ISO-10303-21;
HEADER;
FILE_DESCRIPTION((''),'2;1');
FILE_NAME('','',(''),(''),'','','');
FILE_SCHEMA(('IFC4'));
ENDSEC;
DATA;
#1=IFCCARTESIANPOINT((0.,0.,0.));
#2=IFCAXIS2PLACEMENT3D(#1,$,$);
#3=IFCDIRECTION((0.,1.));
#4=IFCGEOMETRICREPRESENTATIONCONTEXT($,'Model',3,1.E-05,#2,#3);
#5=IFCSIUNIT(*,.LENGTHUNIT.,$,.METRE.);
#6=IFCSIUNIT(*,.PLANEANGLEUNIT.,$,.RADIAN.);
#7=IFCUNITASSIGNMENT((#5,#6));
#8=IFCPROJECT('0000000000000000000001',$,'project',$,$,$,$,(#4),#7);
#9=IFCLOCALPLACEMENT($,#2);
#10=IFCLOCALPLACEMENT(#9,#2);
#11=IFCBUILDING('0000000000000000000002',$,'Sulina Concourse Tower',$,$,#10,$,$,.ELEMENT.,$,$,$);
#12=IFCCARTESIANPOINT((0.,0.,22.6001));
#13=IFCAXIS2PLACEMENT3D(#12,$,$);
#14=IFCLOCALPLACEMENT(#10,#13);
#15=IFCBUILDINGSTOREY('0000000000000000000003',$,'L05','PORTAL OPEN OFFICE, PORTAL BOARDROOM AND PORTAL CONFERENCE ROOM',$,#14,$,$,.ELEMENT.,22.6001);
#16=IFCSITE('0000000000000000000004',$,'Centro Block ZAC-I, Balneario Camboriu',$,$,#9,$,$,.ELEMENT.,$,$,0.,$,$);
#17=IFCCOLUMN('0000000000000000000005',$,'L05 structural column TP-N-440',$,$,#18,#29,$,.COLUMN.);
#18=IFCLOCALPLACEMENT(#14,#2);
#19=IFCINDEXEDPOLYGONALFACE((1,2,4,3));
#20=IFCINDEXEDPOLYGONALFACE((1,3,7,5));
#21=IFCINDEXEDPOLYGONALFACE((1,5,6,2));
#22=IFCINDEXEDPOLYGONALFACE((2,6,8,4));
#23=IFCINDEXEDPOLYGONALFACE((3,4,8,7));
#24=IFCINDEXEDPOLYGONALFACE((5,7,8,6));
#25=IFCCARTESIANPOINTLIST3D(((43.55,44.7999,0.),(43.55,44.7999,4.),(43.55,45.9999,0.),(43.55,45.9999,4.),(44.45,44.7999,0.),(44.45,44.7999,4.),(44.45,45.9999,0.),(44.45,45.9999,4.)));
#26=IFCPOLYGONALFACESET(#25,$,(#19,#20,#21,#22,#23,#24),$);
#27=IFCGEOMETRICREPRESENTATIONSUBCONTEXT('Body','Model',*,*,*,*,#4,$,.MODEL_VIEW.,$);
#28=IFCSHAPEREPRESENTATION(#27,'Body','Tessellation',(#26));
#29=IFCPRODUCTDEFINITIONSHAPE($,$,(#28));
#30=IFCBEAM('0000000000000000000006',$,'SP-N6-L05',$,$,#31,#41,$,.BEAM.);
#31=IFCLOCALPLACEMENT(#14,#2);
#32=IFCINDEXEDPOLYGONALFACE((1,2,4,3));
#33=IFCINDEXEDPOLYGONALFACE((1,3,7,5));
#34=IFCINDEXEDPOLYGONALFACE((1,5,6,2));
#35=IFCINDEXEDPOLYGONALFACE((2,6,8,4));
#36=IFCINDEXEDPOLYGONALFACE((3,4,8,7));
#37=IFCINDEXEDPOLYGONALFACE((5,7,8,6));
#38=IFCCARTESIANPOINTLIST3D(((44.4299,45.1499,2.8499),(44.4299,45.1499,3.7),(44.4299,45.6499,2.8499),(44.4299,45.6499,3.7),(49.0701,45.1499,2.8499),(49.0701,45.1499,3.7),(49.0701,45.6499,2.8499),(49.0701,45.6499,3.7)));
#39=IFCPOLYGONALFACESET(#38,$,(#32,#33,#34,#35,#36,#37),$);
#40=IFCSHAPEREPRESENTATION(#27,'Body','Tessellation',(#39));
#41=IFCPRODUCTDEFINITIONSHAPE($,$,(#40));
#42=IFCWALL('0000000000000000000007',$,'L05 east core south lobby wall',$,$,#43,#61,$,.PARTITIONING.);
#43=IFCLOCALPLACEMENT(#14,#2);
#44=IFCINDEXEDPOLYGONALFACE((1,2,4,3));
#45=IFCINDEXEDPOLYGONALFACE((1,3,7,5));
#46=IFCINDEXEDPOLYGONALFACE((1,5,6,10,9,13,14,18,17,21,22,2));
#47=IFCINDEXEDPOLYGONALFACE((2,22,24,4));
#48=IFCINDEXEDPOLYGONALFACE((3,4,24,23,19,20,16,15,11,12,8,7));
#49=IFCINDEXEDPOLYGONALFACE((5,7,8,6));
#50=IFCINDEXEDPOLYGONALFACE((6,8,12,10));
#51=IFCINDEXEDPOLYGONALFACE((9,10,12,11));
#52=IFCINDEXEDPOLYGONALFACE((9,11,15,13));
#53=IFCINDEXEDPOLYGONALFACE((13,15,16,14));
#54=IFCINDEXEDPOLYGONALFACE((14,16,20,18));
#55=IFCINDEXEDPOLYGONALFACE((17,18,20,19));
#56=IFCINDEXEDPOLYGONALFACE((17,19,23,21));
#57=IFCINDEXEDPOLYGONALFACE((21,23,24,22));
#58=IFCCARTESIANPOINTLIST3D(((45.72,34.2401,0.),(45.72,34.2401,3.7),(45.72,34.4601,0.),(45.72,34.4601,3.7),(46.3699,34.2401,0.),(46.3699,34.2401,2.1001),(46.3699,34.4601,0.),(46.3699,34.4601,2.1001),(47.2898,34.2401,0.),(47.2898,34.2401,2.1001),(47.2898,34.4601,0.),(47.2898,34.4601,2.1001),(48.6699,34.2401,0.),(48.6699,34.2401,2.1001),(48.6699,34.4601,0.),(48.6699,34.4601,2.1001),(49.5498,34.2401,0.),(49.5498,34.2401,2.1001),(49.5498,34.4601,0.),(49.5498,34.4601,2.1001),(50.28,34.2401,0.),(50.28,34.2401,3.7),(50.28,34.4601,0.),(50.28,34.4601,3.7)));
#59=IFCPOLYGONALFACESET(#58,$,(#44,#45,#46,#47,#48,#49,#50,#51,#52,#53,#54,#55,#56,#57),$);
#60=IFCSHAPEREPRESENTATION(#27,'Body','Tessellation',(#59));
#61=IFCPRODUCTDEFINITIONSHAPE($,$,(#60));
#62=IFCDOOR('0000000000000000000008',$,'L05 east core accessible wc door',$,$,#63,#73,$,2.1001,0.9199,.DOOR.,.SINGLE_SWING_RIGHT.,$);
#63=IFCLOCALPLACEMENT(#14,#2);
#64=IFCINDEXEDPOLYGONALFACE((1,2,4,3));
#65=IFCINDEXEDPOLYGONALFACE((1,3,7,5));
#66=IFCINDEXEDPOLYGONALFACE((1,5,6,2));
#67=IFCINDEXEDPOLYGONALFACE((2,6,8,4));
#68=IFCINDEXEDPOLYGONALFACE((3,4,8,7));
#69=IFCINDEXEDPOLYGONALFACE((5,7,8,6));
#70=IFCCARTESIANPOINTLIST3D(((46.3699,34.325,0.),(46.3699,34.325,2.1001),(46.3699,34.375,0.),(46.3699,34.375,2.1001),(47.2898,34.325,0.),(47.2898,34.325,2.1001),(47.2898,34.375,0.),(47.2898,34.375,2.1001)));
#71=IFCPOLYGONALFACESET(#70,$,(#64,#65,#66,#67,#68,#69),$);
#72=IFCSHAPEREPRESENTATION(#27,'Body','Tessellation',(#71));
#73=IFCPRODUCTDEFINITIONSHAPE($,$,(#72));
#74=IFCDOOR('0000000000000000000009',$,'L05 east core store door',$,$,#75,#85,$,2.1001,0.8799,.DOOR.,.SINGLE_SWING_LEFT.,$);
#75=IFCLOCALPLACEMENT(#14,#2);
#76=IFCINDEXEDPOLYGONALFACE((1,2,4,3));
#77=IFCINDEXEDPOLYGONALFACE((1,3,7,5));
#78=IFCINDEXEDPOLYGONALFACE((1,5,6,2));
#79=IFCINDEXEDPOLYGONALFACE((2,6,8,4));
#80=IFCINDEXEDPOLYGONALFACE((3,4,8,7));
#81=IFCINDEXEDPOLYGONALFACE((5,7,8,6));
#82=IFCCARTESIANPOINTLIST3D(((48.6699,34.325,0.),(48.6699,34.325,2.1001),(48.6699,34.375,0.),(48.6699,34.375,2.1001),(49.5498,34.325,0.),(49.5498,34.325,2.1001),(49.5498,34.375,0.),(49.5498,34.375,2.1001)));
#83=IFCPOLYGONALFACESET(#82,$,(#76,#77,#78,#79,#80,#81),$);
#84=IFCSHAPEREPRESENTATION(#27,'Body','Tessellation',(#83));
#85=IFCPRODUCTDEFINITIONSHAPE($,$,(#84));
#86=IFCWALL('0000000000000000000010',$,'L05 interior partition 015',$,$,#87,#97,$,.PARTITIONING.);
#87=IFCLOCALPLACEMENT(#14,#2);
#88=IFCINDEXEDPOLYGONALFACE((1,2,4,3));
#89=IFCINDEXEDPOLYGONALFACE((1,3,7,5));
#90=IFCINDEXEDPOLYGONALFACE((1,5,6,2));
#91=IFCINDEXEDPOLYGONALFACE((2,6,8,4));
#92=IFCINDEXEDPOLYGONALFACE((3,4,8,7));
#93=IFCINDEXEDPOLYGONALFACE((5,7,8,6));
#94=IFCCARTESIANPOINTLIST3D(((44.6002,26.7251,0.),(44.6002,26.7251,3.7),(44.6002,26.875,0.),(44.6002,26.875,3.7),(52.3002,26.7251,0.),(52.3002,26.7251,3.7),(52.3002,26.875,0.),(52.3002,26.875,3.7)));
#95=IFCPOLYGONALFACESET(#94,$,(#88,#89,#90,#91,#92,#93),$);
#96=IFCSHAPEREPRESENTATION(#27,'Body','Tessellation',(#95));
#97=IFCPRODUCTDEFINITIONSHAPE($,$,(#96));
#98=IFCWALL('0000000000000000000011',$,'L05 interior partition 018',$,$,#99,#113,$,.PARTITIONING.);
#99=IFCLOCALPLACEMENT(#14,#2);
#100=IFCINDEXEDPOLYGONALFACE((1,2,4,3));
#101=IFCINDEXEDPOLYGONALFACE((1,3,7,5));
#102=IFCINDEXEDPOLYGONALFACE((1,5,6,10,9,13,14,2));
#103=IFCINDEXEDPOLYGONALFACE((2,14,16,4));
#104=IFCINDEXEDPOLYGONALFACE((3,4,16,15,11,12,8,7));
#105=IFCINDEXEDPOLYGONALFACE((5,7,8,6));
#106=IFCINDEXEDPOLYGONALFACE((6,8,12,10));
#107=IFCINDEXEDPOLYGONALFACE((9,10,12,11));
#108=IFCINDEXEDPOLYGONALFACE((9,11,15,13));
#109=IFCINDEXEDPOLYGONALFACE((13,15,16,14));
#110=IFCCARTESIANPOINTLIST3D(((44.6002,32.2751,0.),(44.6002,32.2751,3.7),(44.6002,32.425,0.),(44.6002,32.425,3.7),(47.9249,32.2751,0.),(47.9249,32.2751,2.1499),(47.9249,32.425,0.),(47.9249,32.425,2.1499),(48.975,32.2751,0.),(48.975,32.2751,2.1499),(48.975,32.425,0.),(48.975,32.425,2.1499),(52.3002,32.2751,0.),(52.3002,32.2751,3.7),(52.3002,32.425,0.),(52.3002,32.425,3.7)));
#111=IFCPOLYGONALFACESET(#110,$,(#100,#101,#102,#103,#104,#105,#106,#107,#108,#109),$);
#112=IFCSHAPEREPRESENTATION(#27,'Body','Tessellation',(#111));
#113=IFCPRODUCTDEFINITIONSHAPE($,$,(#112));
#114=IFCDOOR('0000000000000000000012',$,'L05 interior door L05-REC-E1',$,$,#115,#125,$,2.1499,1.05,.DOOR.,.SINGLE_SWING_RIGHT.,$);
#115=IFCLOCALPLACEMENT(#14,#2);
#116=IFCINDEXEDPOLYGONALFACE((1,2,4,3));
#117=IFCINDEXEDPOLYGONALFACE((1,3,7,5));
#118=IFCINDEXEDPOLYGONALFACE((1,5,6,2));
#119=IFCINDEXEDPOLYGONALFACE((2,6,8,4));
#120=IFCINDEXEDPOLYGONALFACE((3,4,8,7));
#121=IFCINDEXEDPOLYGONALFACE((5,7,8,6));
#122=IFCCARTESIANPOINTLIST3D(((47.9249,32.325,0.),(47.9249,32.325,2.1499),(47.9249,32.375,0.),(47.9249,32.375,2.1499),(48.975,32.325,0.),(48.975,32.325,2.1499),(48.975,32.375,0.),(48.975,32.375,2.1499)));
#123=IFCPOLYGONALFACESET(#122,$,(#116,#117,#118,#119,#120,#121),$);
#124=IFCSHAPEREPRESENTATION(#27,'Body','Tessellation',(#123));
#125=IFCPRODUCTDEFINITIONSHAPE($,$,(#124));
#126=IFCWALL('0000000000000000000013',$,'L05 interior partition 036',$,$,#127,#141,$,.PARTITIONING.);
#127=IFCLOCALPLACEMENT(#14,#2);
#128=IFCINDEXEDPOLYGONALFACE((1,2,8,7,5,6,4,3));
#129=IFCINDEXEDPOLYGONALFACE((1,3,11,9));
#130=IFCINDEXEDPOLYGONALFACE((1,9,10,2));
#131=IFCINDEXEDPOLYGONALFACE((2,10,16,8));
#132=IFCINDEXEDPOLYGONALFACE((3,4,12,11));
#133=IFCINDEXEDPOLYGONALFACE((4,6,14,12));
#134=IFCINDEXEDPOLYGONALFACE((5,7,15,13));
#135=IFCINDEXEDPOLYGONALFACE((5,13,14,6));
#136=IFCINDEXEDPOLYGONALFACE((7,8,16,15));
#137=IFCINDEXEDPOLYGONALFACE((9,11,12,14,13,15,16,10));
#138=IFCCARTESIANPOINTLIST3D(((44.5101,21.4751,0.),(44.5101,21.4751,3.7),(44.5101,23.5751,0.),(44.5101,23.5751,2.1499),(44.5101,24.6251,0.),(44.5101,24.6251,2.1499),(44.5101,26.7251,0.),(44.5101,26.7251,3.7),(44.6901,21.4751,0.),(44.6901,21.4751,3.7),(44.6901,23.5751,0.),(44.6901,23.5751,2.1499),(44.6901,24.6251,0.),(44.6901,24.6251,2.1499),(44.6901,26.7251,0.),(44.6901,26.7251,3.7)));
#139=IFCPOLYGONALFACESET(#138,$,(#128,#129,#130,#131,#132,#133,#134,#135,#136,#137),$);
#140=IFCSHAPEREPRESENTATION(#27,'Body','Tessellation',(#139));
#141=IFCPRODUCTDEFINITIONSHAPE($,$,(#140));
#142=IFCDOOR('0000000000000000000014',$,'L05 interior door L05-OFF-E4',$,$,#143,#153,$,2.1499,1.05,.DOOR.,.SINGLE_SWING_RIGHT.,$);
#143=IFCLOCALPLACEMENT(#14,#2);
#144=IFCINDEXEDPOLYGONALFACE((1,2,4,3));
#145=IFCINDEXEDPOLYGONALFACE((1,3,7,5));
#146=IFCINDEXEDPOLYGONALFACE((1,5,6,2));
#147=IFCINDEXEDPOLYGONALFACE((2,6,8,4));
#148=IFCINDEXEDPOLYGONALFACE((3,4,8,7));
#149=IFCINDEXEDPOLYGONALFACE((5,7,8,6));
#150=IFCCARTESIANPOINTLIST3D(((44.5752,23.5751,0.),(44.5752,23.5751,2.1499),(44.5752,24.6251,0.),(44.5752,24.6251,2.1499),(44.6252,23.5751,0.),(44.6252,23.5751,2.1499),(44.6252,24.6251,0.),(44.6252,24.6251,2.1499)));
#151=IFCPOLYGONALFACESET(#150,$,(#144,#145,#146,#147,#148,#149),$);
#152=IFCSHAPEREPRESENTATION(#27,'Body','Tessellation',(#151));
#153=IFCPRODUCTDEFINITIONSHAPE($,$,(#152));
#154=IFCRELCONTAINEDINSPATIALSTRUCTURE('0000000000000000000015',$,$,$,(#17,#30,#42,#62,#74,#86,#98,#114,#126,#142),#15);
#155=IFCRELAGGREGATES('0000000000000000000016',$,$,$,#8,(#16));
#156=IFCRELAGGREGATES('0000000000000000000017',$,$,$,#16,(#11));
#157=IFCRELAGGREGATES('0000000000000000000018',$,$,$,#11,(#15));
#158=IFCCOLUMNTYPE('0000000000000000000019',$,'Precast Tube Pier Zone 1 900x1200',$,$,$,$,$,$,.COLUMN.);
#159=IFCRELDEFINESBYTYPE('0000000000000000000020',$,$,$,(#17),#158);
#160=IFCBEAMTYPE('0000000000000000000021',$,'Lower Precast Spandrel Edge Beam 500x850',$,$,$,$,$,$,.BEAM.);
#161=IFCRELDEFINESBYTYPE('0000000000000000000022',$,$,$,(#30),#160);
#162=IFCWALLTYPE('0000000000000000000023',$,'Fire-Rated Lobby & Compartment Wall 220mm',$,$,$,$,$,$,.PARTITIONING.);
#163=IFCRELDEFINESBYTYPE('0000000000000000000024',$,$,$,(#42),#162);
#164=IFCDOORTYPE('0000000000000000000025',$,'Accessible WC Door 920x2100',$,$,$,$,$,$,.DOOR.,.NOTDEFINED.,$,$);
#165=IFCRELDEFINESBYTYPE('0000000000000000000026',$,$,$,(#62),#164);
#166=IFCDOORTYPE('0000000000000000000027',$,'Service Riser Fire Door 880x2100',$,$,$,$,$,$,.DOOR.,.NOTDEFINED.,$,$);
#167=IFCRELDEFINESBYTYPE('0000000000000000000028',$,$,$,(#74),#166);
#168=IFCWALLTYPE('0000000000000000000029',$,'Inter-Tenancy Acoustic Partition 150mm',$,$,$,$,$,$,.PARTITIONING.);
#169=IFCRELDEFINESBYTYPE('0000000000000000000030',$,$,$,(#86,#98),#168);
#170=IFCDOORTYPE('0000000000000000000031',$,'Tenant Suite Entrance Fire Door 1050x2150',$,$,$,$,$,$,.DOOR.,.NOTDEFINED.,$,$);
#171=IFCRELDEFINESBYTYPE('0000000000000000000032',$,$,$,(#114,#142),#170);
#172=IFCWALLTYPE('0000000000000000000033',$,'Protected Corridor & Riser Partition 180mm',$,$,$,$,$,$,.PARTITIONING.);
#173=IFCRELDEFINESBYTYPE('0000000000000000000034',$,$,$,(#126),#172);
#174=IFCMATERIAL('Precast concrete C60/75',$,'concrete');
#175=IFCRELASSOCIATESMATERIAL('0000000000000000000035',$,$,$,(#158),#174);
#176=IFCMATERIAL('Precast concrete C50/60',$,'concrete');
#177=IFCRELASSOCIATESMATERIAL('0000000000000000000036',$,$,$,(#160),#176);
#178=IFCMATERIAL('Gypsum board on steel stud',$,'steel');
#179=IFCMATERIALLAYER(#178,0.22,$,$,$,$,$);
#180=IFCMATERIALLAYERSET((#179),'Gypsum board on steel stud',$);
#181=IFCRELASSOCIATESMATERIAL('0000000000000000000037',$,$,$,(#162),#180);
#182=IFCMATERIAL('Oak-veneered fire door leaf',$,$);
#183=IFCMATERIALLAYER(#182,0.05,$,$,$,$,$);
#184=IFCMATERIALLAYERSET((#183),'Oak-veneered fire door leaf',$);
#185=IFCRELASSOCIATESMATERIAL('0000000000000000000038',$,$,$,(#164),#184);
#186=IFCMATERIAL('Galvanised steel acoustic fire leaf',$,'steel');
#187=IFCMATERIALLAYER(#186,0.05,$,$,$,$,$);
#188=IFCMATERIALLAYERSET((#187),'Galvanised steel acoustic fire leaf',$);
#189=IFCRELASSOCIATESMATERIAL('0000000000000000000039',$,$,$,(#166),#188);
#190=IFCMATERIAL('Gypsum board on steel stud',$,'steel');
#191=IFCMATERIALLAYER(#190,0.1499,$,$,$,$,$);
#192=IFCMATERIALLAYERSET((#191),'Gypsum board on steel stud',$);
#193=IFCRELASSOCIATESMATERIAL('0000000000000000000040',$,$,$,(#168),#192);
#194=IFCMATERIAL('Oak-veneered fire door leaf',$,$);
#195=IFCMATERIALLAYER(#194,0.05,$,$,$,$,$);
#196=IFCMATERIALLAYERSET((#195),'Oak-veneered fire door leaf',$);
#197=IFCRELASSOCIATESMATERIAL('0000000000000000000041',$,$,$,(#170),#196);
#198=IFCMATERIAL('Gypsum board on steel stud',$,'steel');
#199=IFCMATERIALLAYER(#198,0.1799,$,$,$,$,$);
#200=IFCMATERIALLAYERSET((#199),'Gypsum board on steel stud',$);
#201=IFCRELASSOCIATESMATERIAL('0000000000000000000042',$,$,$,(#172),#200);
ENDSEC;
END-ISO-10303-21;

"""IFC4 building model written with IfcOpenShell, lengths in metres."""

from ifc_helpers import new_model, si_unit, direction, frame, frame_2d, origin, origin_2d, place, context, subcontext, project, spatial, rectangle, extrude, material, layer, layer_set, material_profile, profile_set, type_object, element, fill, save


model = new_model("IFC4")

# Units and contexts
model_context = context("Model", 3, precision=1e-05, world=origin(), true_north=direction((0.0, 1.0)))
body_context = subcontext(model_context, "Body", "Model", "MODEL_VIEW")
ifc_project = project(units=[si_unit("LENGTHUNIT", "METRE"), si_unit("PLANEANGLEUNIT", "RADIAN")], contexts=[model_context])

# Site, building, storey
site_placement = place(None, origin())
site = spatial("IfcSite", under=ifc_project, at=site_placement, Name="Centro Block ZAC-I, Balneario Camboriu", CompositionType="ELEMENT", RefElevation=0.0)
building_placement = place(site_placement, origin())
building = spatial("IfcBuilding", under=site, at=building_placement, Name="Sulina Concourse Tower", CompositionType="ELEMENT")
storey_placement = place(building_placement, frame((0.0, 0.0, 22.6001)))
storey = spatial("IfcBuildingStorey", under=building, at=storey_placement, Name="L05", Description="PORTAL OPEN OFFICE, PORTAL BOARDROOM AND PORTAL CONFERENCE ROOM", CompositionType="ELEMENT", Elevation=22.6001)

# Column
ifc_material_1 = material(Name="Precast concrete C60/75", Category="concrete")
ifc_material_profile_1 = material_profile(ifc_material_1, rectangle(XDim=0.8999, YDim=1.2, at=origin_2d()), Name="PC 900x1200")
ifc_profile_set_1 = profile_set([ifc_material_profile_1], Name="Precast concrete C60/75")
column_type = type_object("IfcColumnType", Name="Precast Tube Pier Zone 1 900x1200", PredefinedType="COLUMN", material=ifc_profile_set_1)
column_placement = place(storey_placement, frame((44.0, 45.3999, 0.0), z_axis=(0.0, 0.0, 1.0), x_axis=(1.0, 0.0, 0.0)))
element("IfcColumn", 1, at=column_placement, inside=storey, type_object=column_type, Name="L05 structural column TP-N-440", PredefinedType="COLUMN", context=body_context, shape_type="SweptSolid", body=[
    extrude(rectangle(XDim=0.8999, YDim=1.2, at=origin_2d()), origin(), (0.0, 0.0, 1.0), 4.0),
])

# Beam
ifc_material_2 = material(Name="Precast concrete C50/60", Category="concrete")
ifc_material_profile_2 = material_profile(ifc_material_2, rectangle(XDim=0.5, YDim=0.8501, at=origin_2d()), Name="RC 500x850")
ifc_profile_set_2 = profile_set([ifc_material_profile_2], Name="Precast concrete C50/60")
beam_type = type_object("IfcBeamType", Name="Lower Precast Spandrel Edge Beam 500x850", PredefinedType="BEAM", material=ifc_profile_set_2)
beam_placement = place(storey_placement, frame((44.4299, 45.3999, 3.2749), z_axis=(1.0, 0.0, 0.0), x_axis=(0.0, 1.0, 0.0)))
element("IfcBeam", 2, at=beam_placement, inside=storey, type_object=beam_type, Name="SP-N6-L05", PredefinedType="BEAM", context=body_context, shape_type="SweptSolid", body=[
    extrude(rectangle(XDim=0.5, YDim=0.8501, at=origin_2d()), origin(), (0.0, 0.0, 1.0), 4.6401),
])

# Wall, openings, doors
ifc_material_3 = material(Name="Gypsum board on steel stud", Category="steel")
ifc_layer_1 = layer(ifc_material_3, 0.22)
ifc_layer_set_1 = layer_set([ifc_layer_1], Name="Gypsum board on steel stud")
wall_type_1 = type_object("IfcWallType", Name="Fire-Rated Lobby & Compartment Wall 220mm", PredefinedType="PARTITIONING", material=ifc_layer_set_1)
wall_1_placement = place(storey_placement, frame((45.72, 34.3501, 0.0), z_axis=(0.0, 0.0, 1.0), x_axis=(1.0, 0.0, 0.0)))
wall_1 = element("IfcWall", 3, at=wall_1_placement, inside=storey, type_object=wall_type_1, Name="L05 east core south lobby wall", PredefinedType="PARTITIONING", context=body_context, shape_type="SweptSolid", body=[
    extrude(rectangle(XDim=4.5601, YDim=0.22, at=frame_2d((2.28, 0.0))), origin(), (0.0, 0.0, 1.0), 3.7),
])
opening_1_placement = place(wall_1_placement, frame((0.6499, 0.0, 0.0)))
opening_1 = element("IfcOpeningElement", 4, at=opening_1_placement, cuts=wall_1, PredefinedType="OPENING", context=body_context, shape_type="SweptSolid", body=[
    extrude(rectangle(XDim=0.9199, YDim=2.1001, at=frame_2d((0.46, 1.05))), frame((0.0, 0.1199, 0.0), z_axis=(0.0, -1.0, 0.0), x_axis=(1.0, 0.0, 0.0)), (0.0, 0.0, 1.0), 0.24),
])
opening_2_placement = place(wall_1_placement, frame((2.95, 0.0, 0.0)))
opening_2 = element("IfcOpeningElement", 5, at=opening_2_placement, cuts=wall_1, PredefinedType="OPENING", context=body_context, shape_type="SweptSolid", body=[
    extrude(rectangle(XDim=0.8799, YDim=2.1001, at=frame_2d((0.4399, 1.05))), frame((0.0, 0.1199, 0.0), z_axis=(0.0, -1.0, 0.0), x_axis=(1.0, 0.0, 0.0)), (0.0, 0.0, 1.0), 0.24),
])
ifc_material_4 = material(Name="Oak-veneered fire door leaf")
ifc_layer_2 = layer(ifc_material_4, 0.05)
ifc_layer_set_2 = layer_set([ifc_layer_2], Name="Oak-veneered fire door leaf")
door_type_1 = type_object("IfcDoorType", Name="Accessible WC Door 920x2100", OperationType="NOTDEFINED", PredefinedType="DOOR", material=ifc_layer_set_2)
door_1_placement = place(opening_1_placement, origin())
door_1 = element("IfcDoor", 6, at=door_1_placement, inside=storey, type_object=door_type_1, Name="L05 east core accessible wc door", OperationType="SINGLE_SWING_RIGHT", OverallHeight=2.1001, OverallWidth=0.9199, PredefinedType="DOOR", context=body_context, shape_type="SweptSolid", body=[
    extrude(rectangle(XDim=0.9199, YDim=2.1001, at=frame_2d((0.46, 1.05))), frame((0.0, 0.0249, 0.0), z_axis=(0.0, -1.0, 0.0), x_axis=(1.0, 0.0, 0.0)), (0.0, 0.0, 1.0), 0.05),
])
fill(opening_1, door_1)
ifc_material_5 = material(Name="Galvanised steel acoustic fire leaf", Category="steel")
ifc_layer_3 = layer(ifc_material_5, 0.05)
ifc_layer_set_3 = layer_set([ifc_layer_3], Name="Galvanised steel acoustic fire leaf")
door_type_2 = type_object("IfcDoorType", Name="Service Riser Fire Door 880x2100", OperationType="NOTDEFINED", PredefinedType="DOOR", material=ifc_layer_set_3)
door_2_placement = place(opening_2_placement, origin())
door_2 = element("IfcDoor", 7, at=door_2_placement, inside=storey, type_object=door_type_2, Name="L05 east core store door", OperationType="SINGLE_SWING_LEFT", OverallHeight=2.1001, OverallWidth=0.8799, PredefinedType="DOOR", context=body_context, shape_type="SweptSolid", body=[
    extrude(rectangle(XDim=0.8799, YDim=2.1001, at=frame_2d((0.4399, 1.05))), frame((0.0, 0.0249, 0.0), z_axis=(0.0, -1.0, 0.0), x_axis=(1.0, 0.0, 0.0)), (0.0, 0.0, 1.0), 0.05),
])
fill(opening_2, door_2)

# Wall
ifc_material_6 = material(Name="Gypsum board on steel stud", Category="steel")
ifc_layer_4 = layer(ifc_material_6, 0.1499)
ifc_layer_set_4 = layer_set([ifc_layer_4], Name="Gypsum board on steel stud")
wall_type_2 = type_object("IfcWallType", Name="Inter-Tenancy Acoustic Partition 150mm", PredefinedType="PARTITIONING", material=ifc_layer_set_4)
wall_2_placement = place(storey_placement, frame((44.6001, 26.8, 0.0), z_axis=(0.0, 0.0, 1.0), x_axis=(1.0, 0.0, 0.0)))
element("IfcWall", 8, at=wall_2_placement, inside=storey, type_object=wall_type_2, Name="L05 interior partition 015", PredefinedType="PARTITIONING", context=body_context, shape_type="SweptSolid", body=[
    extrude(rectangle(XDim=7.7, YDim=0.1499, at=frame_2d((3.8501, 0.0))), origin(), (0.0, 0.0, 1.0), 3.7),
])

# Walls, openings, doors
wall_3_placement = place(storey_placement, frame((44.6001, 32.3501, 0.0), z_axis=(0.0, 0.0, 1.0), x_axis=(1.0, 0.0, 0.0)))
wall_3 = element("IfcWall", 9, at=wall_3_placement, inside=storey, type_object=wall_type_2, Name="L05 interior partition 018", PredefinedType="PARTITIONING", context=body_context, shape_type="SweptSolid", body=[
    extrude(rectangle(XDim=7.7, YDim=0.1499, at=frame_2d((3.8501, 0.0))), origin(), (0.0, 0.0, 1.0), 3.7),
])
opening_3_placement = place(wall_3_placement, frame((3.325, 0.0, 0.0)))
opening_3 = element("IfcOpeningElement", 10, at=opening_3_placement, cuts=wall_3, PredefinedType="OPENING", context=body_context, shape_type="SweptSolid", body=[
    extrude(rectangle(XDim=1.05, YDim=2.1499, at=frame_2d((0.5249, 1.075))), frame((0.0, 0.085, 0.0), z_axis=(0.0, -1.0, 0.0), x_axis=(1.0, 0.0, 0.0)), (0.0, 0.0, 1.0), 0.1699),
])
ifc_material_7 = material(Name="Oak-veneered fire door leaf")
ifc_layer_5 = layer(ifc_material_7, 0.05)
ifc_layer_set_5 = layer_set([ifc_layer_5], Name="Oak-veneered fire door leaf")
door_type_3 = type_object("IfcDoorType", Name="Tenant Suite Entrance Fire Door 1050x2150", OperationType="NOTDEFINED", PredefinedType="DOOR", material=ifc_layer_set_5)
door_3_placement = place(opening_3_placement, origin())
door_3 = element("IfcDoor", 11, at=door_3_placement, inside=storey, type_object=door_type_3, Name="L05 interior door L05-REC-E1", OperationType="SINGLE_SWING_RIGHT", OverallHeight=2.1499, OverallWidth=1.05, PredefinedType="DOOR", context=body_context, shape_type="SweptSolid", body=[
    extrude(rectangle(XDim=1.05, YDim=2.1499, at=frame_2d((0.5249, 1.075))), frame((0.0, 0.0249, 0.0), z_axis=(0.0, -1.0, 0.0), x_axis=(1.0, 0.0, 0.0)), (0.0, 0.0, 1.0), 0.05),
])
fill(opening_3, door_3)
ifc_material_8 = material(Name="Gypsum board on steel stud", Category="steel")
ifc_layer_6 = layer(ifc_material_8, 0.1799)
ifc_layer_set_6 = layer_set([ifc_layer_6], Name="Gypsum board on steel stud")
wall_type_3 = type_object("IfcWallType", Name="Protected Corridor & Riser Partition 180mm", PredefinedType="PARTITIONING", material=ifc_layer_set_6)
wall_4_placement = place(storey_placement, frame((44.6001, 21.4751, 0.0), z_axis=(0.0, 0.0, 1.0), x_axis=(0.0, 1.0, 0.0)))
wall_4 = element("IfcWall", 12, at=wall_4_placement, inside=storey, type_object=wall_type_3, Name="L05 interior partition 036", PredefinedType="PARTITIONING", context=body_context, shape_type="SweptSolid", body=[
    extrude(rectangle(XDim=5.25, YDim=0.1799, at=frame_2d((2.625, 0.0))), origin(), (0.0, 0.0, 1.0), 3.7),
])
opening_4_placement = place(wall_4_placement, frame((2.1001, 0.0, 0.0)))
opening_4 = element("IfcOpeningElement", 13, at=opening_4_placement, cuts=wall_4, PredefinedType="OPENING", context=body_context, shape_type="SweptSolid", body=[
    extrude(rectangle(XDim=1.05, YDim=2.1499, at=frame_2d((0.5249, 1.075))), frame((0.0, 0.0999, 0.0), z_axis=(0.0, -1.0, 0.0), x_axis=(1.0, 0.0, 0.0)), (0.0, 0.0, 1.0), 0.2),
])
door_4_placement = place(opening_4_placement, origin())
door_4 = element("IfcDoor", 14, at=door_4_placement, inside=storey, type_object=door_type_3, Name="L05 interior door L05-OFF-E4", OperationType="SINGLE_SWING_RIGHT", OverallHeight=2.1499, OverallWidth=1.05, PredefinedType="DOOR", context=body_context, shape_type="SweptSolid", body=[
    extrude(rectangle(XDim=1.05, YDim=2.1499, at=frame_2d((0.5249, 1.075))), frame((0.0, 0.0249, 0.0), z_axis=(0.0, -1.0, 0.0), x_axis=(1.0, 0.0, 0.0)), (0.0, 0.0, 1.0), 0.05),
])
fill(opening_4, door_4)

save(model, "model.ifc")
